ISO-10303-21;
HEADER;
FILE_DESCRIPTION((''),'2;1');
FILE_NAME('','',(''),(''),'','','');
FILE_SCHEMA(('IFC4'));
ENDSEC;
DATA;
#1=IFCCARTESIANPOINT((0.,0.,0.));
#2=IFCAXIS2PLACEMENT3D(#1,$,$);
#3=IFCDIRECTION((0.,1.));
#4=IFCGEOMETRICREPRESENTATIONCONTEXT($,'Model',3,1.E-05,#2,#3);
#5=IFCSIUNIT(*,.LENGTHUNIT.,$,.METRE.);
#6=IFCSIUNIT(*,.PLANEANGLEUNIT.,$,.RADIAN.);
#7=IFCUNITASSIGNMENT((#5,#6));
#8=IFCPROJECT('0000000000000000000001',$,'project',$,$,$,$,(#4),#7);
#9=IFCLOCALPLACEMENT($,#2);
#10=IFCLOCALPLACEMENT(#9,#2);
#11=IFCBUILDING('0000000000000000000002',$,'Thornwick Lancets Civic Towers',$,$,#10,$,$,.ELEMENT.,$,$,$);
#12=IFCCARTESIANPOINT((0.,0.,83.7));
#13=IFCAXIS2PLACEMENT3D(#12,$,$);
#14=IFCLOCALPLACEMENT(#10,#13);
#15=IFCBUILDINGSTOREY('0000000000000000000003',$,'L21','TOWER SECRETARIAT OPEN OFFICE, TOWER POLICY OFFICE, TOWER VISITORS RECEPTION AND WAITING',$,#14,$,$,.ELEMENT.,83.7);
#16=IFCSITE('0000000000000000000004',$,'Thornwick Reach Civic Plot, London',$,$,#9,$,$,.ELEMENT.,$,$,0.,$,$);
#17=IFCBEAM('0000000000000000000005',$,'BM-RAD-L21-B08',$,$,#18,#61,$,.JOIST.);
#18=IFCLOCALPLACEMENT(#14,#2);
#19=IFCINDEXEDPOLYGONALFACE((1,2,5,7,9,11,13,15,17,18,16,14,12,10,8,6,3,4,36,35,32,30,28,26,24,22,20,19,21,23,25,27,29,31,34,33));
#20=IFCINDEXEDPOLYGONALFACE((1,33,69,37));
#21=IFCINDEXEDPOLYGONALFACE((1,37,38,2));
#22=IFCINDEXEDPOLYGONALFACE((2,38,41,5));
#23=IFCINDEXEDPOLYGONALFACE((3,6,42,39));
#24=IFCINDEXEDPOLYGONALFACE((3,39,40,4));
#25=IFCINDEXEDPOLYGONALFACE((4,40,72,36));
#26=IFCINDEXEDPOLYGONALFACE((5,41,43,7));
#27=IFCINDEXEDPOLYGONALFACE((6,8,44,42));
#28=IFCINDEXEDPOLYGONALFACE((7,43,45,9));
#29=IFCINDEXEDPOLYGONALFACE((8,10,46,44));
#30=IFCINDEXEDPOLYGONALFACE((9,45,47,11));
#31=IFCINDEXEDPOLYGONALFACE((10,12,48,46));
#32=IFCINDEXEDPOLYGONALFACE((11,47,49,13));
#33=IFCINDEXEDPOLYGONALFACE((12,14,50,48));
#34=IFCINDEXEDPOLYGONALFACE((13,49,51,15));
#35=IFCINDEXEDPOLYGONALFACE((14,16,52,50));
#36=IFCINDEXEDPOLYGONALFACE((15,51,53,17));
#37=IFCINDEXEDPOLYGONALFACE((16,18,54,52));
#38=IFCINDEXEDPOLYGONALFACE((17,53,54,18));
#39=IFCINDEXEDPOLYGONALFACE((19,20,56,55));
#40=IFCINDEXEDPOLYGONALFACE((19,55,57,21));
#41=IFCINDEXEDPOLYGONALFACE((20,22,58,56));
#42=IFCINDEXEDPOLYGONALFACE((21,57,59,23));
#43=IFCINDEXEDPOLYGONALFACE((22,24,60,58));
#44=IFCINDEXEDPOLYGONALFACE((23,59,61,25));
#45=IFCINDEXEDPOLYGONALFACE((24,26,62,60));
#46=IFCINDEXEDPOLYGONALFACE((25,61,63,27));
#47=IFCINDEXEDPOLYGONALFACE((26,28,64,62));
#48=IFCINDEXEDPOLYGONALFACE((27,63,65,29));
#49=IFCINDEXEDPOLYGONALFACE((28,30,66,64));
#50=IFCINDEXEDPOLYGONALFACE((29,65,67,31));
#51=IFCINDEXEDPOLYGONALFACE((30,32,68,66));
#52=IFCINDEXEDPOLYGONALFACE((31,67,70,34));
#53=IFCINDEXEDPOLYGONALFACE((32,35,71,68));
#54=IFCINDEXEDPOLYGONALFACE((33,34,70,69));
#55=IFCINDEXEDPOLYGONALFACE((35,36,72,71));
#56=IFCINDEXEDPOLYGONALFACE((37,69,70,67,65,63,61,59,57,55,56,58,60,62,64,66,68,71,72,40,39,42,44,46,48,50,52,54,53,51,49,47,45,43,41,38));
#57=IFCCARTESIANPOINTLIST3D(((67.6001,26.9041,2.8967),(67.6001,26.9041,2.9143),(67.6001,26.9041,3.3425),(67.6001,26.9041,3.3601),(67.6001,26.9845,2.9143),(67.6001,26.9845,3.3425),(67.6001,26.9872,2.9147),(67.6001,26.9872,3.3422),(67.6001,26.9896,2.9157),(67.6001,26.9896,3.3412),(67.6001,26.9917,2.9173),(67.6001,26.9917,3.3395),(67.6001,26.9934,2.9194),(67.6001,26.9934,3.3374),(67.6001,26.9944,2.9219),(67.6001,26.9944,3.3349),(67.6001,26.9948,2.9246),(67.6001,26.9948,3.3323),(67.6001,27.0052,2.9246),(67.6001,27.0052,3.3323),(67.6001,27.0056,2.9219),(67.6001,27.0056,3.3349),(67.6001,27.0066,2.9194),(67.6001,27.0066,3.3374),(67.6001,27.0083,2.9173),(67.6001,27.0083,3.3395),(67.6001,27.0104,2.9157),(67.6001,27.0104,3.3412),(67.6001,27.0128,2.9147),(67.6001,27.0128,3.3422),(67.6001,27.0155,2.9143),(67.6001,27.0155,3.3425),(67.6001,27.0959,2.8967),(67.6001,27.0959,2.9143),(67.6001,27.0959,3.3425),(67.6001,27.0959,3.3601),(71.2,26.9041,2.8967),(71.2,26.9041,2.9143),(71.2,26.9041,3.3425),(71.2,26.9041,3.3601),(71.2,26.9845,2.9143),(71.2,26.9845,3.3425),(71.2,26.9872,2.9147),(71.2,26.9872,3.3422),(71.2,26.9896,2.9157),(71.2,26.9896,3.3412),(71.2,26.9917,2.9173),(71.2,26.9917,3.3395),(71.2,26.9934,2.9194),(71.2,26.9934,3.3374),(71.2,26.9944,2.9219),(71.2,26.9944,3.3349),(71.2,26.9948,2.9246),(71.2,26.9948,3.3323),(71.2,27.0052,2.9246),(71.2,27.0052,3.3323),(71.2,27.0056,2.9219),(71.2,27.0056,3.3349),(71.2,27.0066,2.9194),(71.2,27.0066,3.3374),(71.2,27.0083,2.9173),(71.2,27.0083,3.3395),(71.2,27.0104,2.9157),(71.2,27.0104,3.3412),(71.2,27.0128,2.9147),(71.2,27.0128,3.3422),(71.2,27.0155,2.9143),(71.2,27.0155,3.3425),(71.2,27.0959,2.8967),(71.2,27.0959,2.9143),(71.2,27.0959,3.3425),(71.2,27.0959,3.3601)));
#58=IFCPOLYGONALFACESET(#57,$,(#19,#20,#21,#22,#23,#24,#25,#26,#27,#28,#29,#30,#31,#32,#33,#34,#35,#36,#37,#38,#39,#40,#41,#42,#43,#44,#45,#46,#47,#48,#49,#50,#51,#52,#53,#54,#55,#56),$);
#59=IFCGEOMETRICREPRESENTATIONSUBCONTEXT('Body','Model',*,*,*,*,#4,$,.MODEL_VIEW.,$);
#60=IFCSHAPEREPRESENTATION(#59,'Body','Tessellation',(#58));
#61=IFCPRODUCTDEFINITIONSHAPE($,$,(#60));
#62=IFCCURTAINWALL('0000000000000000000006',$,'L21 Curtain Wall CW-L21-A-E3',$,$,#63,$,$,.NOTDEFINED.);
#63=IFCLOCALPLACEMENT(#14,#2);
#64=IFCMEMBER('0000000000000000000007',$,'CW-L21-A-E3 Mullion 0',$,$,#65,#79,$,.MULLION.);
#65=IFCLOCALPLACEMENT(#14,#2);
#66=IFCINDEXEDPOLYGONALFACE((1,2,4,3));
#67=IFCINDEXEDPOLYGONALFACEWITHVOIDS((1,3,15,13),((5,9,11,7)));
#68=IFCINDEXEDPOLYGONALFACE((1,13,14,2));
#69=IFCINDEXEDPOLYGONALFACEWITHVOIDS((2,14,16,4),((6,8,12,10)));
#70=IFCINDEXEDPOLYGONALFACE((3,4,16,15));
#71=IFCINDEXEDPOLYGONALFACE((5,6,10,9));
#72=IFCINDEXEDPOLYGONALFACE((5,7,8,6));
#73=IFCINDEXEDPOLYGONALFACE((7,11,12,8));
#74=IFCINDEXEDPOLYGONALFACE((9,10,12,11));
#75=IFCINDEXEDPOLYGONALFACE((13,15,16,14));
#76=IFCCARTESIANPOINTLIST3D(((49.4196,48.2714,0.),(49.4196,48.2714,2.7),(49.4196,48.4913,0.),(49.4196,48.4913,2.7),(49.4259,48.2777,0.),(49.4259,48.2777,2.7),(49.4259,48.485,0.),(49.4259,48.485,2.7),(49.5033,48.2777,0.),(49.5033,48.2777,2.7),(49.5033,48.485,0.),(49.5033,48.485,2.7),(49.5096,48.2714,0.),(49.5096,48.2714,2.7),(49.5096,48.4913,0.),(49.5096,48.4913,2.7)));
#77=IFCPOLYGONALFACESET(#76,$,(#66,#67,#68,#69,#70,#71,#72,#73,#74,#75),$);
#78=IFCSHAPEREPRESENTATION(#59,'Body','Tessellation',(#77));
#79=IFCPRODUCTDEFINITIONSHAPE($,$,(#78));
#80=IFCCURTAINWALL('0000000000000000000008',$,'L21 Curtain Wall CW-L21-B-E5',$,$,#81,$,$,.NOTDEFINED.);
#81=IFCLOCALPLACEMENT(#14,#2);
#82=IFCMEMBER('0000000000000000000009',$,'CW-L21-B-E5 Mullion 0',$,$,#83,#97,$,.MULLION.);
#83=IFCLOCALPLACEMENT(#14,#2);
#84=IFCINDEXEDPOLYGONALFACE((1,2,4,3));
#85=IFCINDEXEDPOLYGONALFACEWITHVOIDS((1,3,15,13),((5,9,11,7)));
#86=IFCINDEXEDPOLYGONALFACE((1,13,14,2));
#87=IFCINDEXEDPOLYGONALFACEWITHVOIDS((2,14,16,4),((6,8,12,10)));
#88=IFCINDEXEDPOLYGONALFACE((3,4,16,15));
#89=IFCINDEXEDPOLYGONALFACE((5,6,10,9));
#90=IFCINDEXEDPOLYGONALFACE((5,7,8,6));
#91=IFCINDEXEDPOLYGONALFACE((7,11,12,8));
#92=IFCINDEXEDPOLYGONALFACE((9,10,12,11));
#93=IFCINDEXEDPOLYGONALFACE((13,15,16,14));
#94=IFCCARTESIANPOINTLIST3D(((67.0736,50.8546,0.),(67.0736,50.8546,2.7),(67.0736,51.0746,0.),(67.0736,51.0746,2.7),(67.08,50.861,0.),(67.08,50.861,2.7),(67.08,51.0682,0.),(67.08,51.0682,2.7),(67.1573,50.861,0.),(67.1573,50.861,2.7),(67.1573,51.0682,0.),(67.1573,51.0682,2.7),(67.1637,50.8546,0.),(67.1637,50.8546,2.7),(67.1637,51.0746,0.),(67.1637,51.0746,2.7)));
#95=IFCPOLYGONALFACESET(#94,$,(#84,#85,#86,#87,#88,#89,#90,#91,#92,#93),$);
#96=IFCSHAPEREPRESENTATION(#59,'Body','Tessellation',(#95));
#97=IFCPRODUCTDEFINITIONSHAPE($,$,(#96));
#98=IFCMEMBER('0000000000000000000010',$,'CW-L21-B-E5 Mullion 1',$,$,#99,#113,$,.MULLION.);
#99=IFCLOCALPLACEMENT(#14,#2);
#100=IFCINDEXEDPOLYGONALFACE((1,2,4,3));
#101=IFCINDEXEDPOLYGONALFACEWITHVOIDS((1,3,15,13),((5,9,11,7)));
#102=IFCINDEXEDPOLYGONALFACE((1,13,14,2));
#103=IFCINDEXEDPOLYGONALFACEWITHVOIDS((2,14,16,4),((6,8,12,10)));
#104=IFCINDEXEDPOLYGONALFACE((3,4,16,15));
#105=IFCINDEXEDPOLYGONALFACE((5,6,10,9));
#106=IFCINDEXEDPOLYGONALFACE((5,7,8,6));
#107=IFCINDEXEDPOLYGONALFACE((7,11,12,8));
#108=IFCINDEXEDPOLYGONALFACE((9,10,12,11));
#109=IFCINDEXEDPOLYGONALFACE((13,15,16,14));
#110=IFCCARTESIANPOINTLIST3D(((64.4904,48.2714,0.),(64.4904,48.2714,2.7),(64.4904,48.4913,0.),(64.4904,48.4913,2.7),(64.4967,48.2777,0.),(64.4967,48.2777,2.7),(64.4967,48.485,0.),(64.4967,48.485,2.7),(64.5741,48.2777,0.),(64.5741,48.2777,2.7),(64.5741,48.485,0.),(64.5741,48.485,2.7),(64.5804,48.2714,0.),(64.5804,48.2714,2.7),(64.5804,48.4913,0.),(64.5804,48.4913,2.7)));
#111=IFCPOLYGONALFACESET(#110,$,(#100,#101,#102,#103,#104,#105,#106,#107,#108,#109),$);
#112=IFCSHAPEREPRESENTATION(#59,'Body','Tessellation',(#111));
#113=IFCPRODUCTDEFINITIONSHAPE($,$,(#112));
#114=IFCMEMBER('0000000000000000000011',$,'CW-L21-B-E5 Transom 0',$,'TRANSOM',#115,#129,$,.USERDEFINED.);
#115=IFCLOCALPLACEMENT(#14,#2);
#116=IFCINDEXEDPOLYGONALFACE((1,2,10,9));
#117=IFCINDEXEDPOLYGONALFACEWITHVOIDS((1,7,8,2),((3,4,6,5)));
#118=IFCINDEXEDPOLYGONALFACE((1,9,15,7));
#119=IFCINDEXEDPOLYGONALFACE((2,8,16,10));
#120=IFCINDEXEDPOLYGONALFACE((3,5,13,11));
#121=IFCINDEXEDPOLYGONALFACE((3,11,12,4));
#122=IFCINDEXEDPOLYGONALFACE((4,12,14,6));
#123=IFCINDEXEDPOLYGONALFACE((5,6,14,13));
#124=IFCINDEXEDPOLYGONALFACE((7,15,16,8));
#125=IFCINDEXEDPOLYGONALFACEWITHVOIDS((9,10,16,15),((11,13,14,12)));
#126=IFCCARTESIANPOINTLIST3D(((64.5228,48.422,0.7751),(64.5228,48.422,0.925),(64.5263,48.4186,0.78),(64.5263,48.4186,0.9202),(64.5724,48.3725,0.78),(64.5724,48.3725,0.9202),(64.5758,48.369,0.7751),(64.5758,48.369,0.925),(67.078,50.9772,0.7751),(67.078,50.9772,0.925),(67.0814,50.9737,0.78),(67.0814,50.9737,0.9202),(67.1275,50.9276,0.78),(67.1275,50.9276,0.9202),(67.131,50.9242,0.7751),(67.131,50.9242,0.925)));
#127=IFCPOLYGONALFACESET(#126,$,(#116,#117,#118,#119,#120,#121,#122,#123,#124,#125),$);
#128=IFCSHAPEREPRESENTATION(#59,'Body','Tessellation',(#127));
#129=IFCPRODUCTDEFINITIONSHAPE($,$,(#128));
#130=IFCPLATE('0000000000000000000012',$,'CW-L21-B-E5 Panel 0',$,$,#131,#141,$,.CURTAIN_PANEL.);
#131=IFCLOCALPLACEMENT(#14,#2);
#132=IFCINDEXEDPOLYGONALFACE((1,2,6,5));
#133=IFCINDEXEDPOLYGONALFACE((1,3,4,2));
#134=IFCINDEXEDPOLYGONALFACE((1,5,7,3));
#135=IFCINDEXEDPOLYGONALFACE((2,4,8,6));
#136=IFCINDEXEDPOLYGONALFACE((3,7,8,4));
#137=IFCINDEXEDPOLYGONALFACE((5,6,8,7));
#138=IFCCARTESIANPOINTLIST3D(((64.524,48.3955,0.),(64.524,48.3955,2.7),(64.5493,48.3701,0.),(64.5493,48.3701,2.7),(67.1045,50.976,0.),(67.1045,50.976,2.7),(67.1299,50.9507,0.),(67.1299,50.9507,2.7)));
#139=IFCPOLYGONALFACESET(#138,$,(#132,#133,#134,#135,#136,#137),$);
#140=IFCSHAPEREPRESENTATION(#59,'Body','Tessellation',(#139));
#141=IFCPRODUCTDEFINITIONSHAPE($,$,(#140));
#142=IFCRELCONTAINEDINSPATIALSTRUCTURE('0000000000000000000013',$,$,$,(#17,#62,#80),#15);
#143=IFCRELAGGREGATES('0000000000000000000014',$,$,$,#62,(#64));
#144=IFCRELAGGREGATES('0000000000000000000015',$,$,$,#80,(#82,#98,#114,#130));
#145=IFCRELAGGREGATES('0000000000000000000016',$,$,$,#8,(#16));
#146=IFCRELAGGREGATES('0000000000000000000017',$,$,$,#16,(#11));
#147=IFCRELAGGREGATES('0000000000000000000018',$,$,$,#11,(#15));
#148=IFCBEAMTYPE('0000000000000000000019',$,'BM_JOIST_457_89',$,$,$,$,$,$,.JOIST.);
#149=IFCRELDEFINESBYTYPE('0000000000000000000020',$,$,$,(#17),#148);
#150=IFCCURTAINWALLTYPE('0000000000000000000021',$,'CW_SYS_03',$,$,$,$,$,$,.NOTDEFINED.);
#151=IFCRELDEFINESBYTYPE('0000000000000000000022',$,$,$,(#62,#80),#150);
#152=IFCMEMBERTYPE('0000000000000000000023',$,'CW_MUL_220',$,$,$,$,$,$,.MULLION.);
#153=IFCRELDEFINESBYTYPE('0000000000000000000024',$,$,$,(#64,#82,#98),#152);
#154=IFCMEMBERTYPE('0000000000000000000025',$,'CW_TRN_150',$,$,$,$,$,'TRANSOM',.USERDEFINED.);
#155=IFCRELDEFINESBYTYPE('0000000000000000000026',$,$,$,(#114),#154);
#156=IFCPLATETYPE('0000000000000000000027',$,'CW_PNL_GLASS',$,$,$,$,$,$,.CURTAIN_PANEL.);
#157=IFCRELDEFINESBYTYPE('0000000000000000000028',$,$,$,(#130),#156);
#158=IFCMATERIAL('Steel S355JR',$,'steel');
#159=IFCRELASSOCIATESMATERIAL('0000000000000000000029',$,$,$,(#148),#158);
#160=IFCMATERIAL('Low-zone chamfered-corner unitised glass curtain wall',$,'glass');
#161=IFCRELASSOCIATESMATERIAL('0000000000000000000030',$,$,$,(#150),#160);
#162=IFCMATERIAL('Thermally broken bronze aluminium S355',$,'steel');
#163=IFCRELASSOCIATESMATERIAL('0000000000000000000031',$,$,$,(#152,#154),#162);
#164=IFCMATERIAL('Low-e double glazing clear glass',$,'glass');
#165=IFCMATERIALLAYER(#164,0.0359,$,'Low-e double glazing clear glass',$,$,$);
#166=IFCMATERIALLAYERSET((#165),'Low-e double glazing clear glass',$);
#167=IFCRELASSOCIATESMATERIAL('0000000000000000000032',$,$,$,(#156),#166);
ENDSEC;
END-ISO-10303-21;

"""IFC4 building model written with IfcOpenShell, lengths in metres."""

from ifc_helpers import new_model, si_unit, direction, frame, origin, origin_2d, place, context, subcontext, project, spatial, rectangle, hollow_rectangle, i_section, extrude, material, layer, layer_set, material_profile, profile_set, type_object, element, aggregate, save


model = new_model("IFC4")

# Units and contexts
model_context = context("Model", 3, precision=1e-05, world=origin(), true_north=direction((0.0, 1.0)))
body_context = subcontext(model_context, "Body", "Model", "MODEL_VIEW")
ifc_project = project(units=[si_unit("LENGTHUNIT", "METRE"), si_unit("PLANEANGLEUNIT", "RADIAN")], contexts=[model_context])

# Site, building, storey
site_placement = place(None, origin())
site = spatial("IfcSite", under=ifc_project, at=site_placement, Name="Thornwick Reach Civic Plot, London", CompositionType="ELEMENT", RefElevation=0.0)
building_placement = place(site_placement, origin())
building = spatial("IfcBuilding", under=site, at=building_placement, Name="Thornwick Lancets Civic Towers", CompositionType="ELEMENT")
storey_placement = place(building_placement, frame((0.0, 0.0, 83.7)))
storey = spatial("IfcBuildingStorey", under=building, at=storey_placement, Name="L21", Description="TOWER SECRETARIAT OPEN OFFICE, TOWER POLICY OFFICE, TOWER VISITORS RECEPTION AND WAITING", CompositionType="ELEMENT", Elevation=83.7)

# Beam
ifc_material_1 = material(Name="Steel S355JR", Category="steel")
ifc_material_profile_1 = material_profile(ifc_material_1, i_section(OverallWidth=0.1919, OverallDepth=0.4634, WebThickness=0.0105, FlangeThickness=0.0176, FilletRadius=0.0103, at=origin_2d()), Name="UKB 457x191x89")
ifc_profile_set_1 = profile_set([ifc_material_profile_1], Name="Steel S355JR")
beam_type_1 = type_object("IfcBeamType", Name="BM_JOIST_457_89", PredefinedType="JOIST", material=ifc_profile_set_1)
beam_1_placement = place(storey_placement, frame((71.2, 27.0, 3.1284), z_axis=(-1.0, 0.0, 0.0), x_axis=(0.0, -1.0, 0.0)))
element("IfcBeam", 1, at=beam_1_placement, inside=storey, type_object=beam_type_1, Name="BM-RAD-L21-B08", PredefinedType="JOIST", context=body_context, shape_type="SweptSolid", body=[
    extrude(i_section(OverallWidth=0.1919, OverallDepth=0.4634, WebThickness=0.0105, FlangeThickness=0.0176, FilletRadius=0.0103, at=origin_2d()), origin(), (0.0, 0.0, 1.0), 3.5999),
])

# Curtain wall, member
ifc_material_2 = material(Name="Low-zone chamfered-corner unitised glass curtain wall", Category="glass")
curtain_wall_type = type_object("IfcCurtainWallType", Name="CW_SYS_03", PredefinedType="NOTDEFINED", material=ifc_material_2)
curtain_wall_1_placement = place(storey_placement, origin())
curtain_wall_1 = element("IfcCurtainWall", 2, at=curtain_wall_1_placement, inside=storey, type_object=curtain_wall_type, Name="L21 Curtain Wall CW-L21-A-E3", PredefinedType="NOTDEFINED")
ifc_material_3 = material(Name="Thermally broken bronze aluminium S355", Category="steel")
ifc_material_profile_2 = material_profile(ifc_material_3, hollow_rectangle(XDim=0.0901, YDim=0.22, WallThickness=0.0063, at=origin_2d()), Name="RHS 220x90x6.3")
ifc_profile_set_2 = profile_set([ifc_material_profile_2], Name="Thermally broken bronze aluminium S355")
member_type_1 = type_object("IfcMemberType", Name="CW_MUL_220", PredefinedType="MULLION", material=ifc_profile_set_2)
member_1_placement = place(storey_placement, frame((49.4646, 48.3813, 0.0), z_axis=(0.0, 0.0, 1.0), x_axis=(1.0, 0.0, 0.0)))
member_1 = element("IfcMember", 3, at=member_1_placement, type_object=member_type_1, Name="CW-L21-A-E3 Mullion 0", PredefinedType="MULLION", context=body_context, shape_type="SweptSolid", body=[
    extrude(hollow_rectangle(XDim=0.0901, YDim=0.22, WallThickness=0.0063, at=origin_2d()), origin(), (0.0, 0.0, 1.0), 2.7),
])
aggregate(curtain_wall_1, [member_1])

# Curtain wall, members, plate
curtain_wall_2_placement = place(storey_placement, origin())
curtain_wall_2 = element("IfcCurtainWall", 4, at=curtain_wall_2_placement, inside=storey, type_object=curtain_wall_type, Name="L21 Curtain Wall CW-L21-B-E5", PredefinedType="NOTDEFINED")
member_2_placement = place(storey_placement, frame((67.1187, 50.9646, 0.0), z_axis=(0.0, 0.0, 1.0), x_axis=(1.0, 0.0, 0.0)))
member_2 = element("IfcMember", 5, at=member_2_placement, type_object=member_type_1, Name="CW-L21-B-E5 Mullion 0", PredefinedType="MULLION", context=body_context, shape_type="SweptSolid", body=[
    extrude(hollow_rectangle(XDim=0.0901, YDim=0.22, WallThickness=0.0063, at=origin_2d()), origin(), (0.0, 0.0, 1.0), 2.7),
])
member_3_placement = place(storey_placement, frame((64.5354, 48.3813, 0.0), z_axis=(0.0, 0.0, 1.0), x_axis=(1.0, 0.0, 0.0)))
member_3 = element("IfcMember", 6, at=member_3_placement, type_object=member_type_1, Name="CW-L21-B-E5 Mullion 1", PredefinedType="MULLION", context=body_context, shape_type="SweptSolid", body=[
    extrude(hollow_rectangle(XDim=0.0901, YDim=0.22, WallThickness=0.0063, at=origin_2d()), origin(), (0.0, 0.0, 1.0), 2.7),
])
ifc_material_profile_3 = material_profile(ifc_material_3, hollow_rectangle(XDim=0.075, YDim=0.1499, WallThickness=0.0049, at=origin_2d()), Name="RHS 150x75x5")
ifc_profile_set_3 = profile_set([ifc_material_profile_3], Name="Thermally broken bronze aluminium S355")
member_type_2 = type_object("IfcMemberType", Name="CW_TRN_150", ElementType="TRANSOM", PredefinedType="USERDEFINED", material=ifc_profile_set_3)
member_4_placement = place(storey_placement, frame((67.1045, 50.9507, 0.8501), z_axis=(-0.707107, -0.707107, 0.0), x_axis=(0.707107, -0.707107, 0.0)))
member_4 = element("IfcMember", 7, at=member_4_placement, type_object=member_type_2, Name="CW-L21-B-E5 Transom 0", ObjectType="TRANSOM", PredefinedType="USERDEFINED", context=body_context, shape_type="SweptSolid", body=[
    extrude(hollow_rectangle(XDim=0.075, YDim=0.1499, WallThickness=0.0049, at=origin_2d()), origin(), (0.0, 0.0, 1.0), 3.6135),
])
ifc_material_4 = material(Name="Low-e double glazing clear glass", Category="glass")
ifc_layer_1 = layer(ifc_material_4, 0.0359, Name="Low-e double glazing clear glass")
ifc_layer_set_1 = layer_set([ifc_layer_1], Name="Low-e double glazing clear glass")
plate_type = type_object("IfcPlateType", Name="CW_PNL_GLASS", PredefinedType="CURTAIN_PANEL", material=ifc_layer_set_1)
plate_placement = place(storey_placement, frame((65.8269, 49.6731, 0.0), z_axis=(0.0, 0.0, 1.0), x_axis=(-0.707107, -0.707107, 0.0)))
plate = element("IfcPlate", 8, at=plate_placement, type_object=plate_type, Name="CW-L21-B-E5 Panel 0", PredefinedType="CURTAIN_PANEL", context=body_context, shape_type="SweptSolid", body=[
    extrude(rectangle(XDim=3.6494, YDim=0.0359, at=origin_2d()), origin(), (0.0, 0.0, 1.0), 2.7),
])
aggregate(curtain_wall_2, [member_2, member_3, member_4, plate])

save(model, "model.ifc")
